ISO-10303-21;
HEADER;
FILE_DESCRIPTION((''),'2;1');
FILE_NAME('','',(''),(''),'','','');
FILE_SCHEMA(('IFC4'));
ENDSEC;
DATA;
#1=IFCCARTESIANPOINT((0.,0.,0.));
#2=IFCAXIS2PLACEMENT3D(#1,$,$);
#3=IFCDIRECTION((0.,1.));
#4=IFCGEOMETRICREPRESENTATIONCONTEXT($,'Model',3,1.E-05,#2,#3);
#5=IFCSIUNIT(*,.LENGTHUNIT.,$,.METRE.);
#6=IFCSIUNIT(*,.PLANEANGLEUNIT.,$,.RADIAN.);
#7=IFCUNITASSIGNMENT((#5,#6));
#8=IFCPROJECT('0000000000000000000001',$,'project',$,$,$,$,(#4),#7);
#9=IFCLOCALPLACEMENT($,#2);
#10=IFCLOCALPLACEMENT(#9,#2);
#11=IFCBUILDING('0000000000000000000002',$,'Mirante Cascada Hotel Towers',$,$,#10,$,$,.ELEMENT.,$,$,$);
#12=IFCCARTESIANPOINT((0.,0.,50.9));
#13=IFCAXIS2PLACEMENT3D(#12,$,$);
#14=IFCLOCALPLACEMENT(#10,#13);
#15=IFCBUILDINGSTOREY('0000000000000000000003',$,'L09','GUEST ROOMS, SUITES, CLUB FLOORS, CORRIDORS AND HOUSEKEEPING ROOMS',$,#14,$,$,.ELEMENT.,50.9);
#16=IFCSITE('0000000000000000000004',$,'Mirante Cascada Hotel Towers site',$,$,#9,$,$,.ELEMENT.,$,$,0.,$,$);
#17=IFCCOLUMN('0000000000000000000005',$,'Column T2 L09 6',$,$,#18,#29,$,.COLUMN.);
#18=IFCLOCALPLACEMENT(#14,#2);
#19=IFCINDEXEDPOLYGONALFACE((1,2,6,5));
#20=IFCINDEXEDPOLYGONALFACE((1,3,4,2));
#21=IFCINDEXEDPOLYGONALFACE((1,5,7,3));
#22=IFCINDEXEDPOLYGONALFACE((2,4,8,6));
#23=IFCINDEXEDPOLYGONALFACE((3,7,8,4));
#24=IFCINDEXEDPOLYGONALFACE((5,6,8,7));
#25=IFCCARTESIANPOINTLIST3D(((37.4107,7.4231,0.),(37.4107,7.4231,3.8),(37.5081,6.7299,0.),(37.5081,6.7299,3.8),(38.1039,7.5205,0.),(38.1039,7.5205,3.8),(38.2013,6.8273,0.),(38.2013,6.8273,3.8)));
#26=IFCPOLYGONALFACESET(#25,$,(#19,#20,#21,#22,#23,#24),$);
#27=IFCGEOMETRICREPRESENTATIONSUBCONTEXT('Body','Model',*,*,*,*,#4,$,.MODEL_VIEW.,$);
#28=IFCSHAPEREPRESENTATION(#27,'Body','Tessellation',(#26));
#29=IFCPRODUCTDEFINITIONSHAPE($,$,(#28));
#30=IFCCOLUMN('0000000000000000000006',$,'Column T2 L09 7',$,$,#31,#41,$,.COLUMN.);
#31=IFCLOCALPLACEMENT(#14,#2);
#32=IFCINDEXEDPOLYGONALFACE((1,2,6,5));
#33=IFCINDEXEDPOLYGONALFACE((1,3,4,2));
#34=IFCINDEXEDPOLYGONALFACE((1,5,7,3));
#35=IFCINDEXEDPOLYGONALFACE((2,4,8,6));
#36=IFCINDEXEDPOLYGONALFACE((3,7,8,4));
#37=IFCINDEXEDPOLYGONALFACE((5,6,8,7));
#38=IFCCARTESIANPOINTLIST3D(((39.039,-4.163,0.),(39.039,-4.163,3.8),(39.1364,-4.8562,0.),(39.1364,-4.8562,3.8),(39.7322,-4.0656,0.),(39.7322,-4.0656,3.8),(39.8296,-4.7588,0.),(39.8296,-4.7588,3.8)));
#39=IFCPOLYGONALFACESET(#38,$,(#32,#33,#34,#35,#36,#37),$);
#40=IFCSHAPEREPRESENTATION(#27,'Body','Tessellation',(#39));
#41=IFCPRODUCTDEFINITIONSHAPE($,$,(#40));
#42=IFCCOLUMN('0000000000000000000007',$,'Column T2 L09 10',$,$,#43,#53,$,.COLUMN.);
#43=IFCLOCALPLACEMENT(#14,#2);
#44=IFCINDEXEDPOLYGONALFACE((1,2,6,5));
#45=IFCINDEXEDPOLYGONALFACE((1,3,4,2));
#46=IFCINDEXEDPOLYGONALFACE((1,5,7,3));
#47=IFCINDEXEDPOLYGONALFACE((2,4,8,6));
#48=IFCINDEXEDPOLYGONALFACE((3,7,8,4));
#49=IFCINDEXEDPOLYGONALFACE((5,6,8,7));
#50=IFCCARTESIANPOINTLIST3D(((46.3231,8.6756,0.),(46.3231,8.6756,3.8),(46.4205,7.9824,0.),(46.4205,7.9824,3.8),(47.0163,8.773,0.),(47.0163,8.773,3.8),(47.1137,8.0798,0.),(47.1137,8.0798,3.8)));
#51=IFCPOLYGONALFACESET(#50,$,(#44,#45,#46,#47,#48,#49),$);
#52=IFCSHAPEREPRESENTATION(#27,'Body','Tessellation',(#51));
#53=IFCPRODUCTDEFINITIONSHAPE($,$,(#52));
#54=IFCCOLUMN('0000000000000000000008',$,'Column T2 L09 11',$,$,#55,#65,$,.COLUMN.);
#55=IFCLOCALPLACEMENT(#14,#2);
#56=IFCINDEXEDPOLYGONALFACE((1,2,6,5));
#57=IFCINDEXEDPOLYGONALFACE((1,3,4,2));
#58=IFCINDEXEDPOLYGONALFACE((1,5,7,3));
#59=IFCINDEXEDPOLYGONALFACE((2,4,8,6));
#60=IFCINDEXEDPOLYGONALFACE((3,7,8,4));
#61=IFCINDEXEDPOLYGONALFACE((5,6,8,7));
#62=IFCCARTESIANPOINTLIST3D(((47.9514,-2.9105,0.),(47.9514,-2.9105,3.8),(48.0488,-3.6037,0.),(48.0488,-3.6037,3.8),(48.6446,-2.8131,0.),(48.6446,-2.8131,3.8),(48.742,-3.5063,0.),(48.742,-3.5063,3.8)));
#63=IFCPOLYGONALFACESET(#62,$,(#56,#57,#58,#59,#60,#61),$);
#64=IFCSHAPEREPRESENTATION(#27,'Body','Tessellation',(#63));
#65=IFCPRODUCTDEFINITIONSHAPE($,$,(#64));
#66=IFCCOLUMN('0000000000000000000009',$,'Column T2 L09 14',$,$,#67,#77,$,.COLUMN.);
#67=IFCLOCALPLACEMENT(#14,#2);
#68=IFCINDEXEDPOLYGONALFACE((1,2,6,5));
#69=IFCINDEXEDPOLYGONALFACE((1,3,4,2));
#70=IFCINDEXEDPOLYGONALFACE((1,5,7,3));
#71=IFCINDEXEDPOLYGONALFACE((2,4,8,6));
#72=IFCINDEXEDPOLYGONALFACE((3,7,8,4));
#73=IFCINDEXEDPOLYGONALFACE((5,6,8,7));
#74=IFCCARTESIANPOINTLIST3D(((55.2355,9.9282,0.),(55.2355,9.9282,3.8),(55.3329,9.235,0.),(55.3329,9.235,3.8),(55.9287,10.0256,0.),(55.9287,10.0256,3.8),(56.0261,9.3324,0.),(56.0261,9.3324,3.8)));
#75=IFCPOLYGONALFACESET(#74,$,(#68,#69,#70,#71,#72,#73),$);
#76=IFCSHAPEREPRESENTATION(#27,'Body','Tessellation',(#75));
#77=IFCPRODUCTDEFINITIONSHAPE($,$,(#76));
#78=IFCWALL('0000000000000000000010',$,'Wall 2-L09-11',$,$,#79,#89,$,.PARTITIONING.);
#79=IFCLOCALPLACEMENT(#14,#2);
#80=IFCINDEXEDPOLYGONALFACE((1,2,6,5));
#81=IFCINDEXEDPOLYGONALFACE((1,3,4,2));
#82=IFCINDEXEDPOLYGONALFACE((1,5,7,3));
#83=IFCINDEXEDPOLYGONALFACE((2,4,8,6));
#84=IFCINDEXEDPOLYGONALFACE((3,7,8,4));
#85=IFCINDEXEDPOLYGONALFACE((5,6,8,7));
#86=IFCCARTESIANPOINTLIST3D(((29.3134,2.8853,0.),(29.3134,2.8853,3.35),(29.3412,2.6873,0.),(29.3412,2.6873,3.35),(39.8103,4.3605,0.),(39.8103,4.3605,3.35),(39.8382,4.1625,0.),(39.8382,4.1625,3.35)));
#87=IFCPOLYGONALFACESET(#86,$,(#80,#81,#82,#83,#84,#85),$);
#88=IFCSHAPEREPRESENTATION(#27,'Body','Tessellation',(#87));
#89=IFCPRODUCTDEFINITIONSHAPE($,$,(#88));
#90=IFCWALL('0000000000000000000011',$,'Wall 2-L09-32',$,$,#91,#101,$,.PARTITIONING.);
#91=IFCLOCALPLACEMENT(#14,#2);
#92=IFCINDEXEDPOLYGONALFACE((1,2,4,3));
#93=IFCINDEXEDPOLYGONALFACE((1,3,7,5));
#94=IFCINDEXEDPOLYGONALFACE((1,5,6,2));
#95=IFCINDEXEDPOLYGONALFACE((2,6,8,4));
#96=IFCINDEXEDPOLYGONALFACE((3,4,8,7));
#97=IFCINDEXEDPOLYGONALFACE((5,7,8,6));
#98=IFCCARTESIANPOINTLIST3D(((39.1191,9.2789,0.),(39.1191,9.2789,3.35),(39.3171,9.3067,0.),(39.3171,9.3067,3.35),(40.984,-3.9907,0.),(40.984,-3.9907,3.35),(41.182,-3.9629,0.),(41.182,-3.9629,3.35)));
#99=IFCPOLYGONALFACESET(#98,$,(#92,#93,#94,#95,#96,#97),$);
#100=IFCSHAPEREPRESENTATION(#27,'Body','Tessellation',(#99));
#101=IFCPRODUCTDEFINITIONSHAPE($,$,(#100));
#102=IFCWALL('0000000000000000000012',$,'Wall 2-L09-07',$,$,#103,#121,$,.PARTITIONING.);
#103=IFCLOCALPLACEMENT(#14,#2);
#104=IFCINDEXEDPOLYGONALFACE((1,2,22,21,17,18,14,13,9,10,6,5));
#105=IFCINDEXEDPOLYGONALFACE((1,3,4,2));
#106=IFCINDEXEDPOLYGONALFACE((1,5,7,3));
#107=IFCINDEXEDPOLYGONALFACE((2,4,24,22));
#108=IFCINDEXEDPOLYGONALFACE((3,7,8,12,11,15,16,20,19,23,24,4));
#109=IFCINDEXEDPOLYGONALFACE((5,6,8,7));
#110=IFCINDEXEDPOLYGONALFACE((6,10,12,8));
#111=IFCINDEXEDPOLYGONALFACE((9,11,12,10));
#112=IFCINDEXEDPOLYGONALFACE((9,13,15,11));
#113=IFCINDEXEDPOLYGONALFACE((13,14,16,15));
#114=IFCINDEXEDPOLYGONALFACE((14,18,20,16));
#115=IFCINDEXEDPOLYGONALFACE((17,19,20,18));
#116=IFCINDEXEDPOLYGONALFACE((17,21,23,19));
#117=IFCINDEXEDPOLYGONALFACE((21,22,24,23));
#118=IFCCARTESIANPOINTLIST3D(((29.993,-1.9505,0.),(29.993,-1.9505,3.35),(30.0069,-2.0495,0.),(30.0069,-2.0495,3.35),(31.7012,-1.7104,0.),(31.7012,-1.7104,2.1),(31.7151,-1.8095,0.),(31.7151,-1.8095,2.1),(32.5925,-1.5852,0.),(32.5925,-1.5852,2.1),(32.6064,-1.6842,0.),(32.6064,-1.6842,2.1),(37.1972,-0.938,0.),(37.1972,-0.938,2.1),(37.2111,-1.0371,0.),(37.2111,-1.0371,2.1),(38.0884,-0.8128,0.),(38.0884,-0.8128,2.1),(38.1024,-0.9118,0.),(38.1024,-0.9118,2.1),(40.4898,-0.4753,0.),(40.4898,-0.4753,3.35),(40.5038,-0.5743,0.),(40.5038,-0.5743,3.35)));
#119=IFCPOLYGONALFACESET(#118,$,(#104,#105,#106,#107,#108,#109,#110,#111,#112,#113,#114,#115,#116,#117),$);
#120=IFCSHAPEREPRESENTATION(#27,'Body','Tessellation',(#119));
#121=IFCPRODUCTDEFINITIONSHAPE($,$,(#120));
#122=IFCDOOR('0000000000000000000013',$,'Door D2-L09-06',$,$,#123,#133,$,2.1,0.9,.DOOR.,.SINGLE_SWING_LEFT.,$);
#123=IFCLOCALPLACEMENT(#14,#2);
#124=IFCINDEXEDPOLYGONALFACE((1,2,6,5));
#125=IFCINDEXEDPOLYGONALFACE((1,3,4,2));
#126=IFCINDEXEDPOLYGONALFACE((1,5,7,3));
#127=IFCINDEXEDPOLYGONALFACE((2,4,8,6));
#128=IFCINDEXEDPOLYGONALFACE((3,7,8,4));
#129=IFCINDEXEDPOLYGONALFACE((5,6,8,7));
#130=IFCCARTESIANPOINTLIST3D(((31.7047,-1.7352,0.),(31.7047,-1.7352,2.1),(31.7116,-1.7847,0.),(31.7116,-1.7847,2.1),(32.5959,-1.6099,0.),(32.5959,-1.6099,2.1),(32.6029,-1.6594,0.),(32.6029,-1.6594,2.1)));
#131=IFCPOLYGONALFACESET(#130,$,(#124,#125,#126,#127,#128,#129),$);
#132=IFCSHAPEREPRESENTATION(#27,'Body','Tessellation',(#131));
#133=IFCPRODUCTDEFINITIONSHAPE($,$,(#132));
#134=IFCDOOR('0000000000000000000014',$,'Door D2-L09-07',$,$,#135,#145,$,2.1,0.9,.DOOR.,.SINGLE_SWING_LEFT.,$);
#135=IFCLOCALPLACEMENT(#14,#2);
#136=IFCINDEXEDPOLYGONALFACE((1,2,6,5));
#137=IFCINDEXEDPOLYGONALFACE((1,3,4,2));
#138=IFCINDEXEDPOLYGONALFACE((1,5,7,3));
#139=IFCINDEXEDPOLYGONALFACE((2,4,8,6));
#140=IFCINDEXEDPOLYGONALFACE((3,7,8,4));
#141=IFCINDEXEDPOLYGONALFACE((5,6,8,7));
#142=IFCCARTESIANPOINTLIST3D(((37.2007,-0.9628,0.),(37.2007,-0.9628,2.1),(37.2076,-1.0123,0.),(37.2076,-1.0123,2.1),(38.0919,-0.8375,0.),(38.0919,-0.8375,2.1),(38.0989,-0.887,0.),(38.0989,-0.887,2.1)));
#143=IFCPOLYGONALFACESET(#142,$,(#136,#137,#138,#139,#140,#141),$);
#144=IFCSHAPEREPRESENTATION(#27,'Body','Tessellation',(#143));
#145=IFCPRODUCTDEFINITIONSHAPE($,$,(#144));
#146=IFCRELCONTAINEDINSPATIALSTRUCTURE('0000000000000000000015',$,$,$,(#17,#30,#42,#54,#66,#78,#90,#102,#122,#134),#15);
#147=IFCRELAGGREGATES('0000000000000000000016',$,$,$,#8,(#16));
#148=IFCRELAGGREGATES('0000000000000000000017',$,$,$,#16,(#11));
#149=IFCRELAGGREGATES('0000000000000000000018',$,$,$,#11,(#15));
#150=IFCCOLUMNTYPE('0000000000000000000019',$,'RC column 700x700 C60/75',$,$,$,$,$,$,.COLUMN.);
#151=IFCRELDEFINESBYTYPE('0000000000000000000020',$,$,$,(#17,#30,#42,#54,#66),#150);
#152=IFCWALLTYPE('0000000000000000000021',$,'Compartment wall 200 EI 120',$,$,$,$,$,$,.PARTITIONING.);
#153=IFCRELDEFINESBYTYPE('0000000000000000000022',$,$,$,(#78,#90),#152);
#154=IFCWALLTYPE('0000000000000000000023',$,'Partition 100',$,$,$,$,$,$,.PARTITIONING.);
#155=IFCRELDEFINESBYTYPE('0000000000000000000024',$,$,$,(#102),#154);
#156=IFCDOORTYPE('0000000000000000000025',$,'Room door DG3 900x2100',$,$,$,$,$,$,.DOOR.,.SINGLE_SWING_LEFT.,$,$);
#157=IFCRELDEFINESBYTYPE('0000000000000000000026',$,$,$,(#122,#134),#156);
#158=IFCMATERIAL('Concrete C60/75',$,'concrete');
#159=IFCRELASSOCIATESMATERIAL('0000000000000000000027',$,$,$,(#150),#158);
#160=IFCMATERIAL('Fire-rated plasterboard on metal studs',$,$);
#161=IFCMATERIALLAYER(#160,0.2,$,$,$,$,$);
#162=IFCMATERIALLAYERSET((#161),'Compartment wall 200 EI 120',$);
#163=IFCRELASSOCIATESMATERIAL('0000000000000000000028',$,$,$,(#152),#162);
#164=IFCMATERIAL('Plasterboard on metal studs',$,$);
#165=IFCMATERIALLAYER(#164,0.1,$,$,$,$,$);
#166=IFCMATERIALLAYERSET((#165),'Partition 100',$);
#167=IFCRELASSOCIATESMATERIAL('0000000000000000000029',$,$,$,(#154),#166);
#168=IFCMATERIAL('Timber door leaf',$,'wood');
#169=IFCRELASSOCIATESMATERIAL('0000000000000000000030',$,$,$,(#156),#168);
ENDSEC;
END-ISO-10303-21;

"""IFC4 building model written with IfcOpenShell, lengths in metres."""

from ifc_helpers import new_model, si_unit, direction, frame, frame_2d, origin, origin_2d, place, context, subcontext, project, spatial, rectangle, extrude, material, layer, layer_set, material_profile, profile_set, type_object, element, fill, save


model = new_model("IFC4")

# Units and contexts
model_context = context("Model", 3, precision=1e-05, world=origin(), true_north=direction((0.0, 1.0)))
body_context = subcontext(model_context, "Body", "Model", "MODEL_VIEW")
ifc_project = project(units=[si_unit("LENGTHUNIT", "METRE"), si_unit("PLANEANGLEUNIT", "RADIAN")], contexts=[model_context])

# Site, building, storey
site_placement = place(None, origin())
site = spatial("IfcSite", under=ifc_project, at=site_placement, Name="Mirante Cascada Hotel Towers site", CompositionType="ELEMENT", RefElevation=0.0)
building_placement = place(site_placement, origin())
building = spatial("IfcBuilding", under=site, at=building_placement, Name="Mirante Cascada Hotel Towers", CompositionType="ELEMENT")
storey_placement = place(building_placement, frame((0.0, 0.0, 50.9)))
storey = spatial("IfcBuildingStorey", under=building, at=storey_placement, Name="L09", Description="GUEST ROOMS, SUITES, CLUB FLOORS, CORRIDORS AND HOUSEKEEPING ROOMS", CompositionType="ELEMENT", Elevation=50.9)

# Columns
ifc_material_1 = material(Name="Concrete C60/75", Category="concrete")
ifc_material_profile = material_profile(ifc_material_1, rectangle(XDim=0.7, YDim=0.7, at=origin_2d()), Name="RC column 700x700 C60/75")
ifc_profile_set = profile_set([ifc_material_profile], Name="Concrete C60/75")
column_type = type_object("IfcColumnType", Name="RC column 700x700 C60/75", PredefinedType="COLUMN", material=ifc_profile_set)
for number, where, z_axis, x_axis, name in (
    (1, (37.806, 7.1252, 0.0), (0.0, 0.0, 1.0), (0.990268, 0.139173, 0.0), "Column T2 L09 6"),
    (2, (39.4343, -4.4609, 0.0), (0.0, 0.0, 1.0), (0.990268, 0.139173, 0.0), "Column T2 L09 7"),
    (3, (46.7184, 8.3777, 0.0), (0.0, 0.0, 1.0), (0.990268, 0.139173, 0.0), "Column T2 L09 10"),
    (4, (48.3467, -3.2084, 0.0), (0.0, 0.0, 1.0), (0.990268, 0.139173, 0.0), "Column T2 L09 11"),
    (5, (55.6308, 9.6303, 0.0), (0.0, 0.0, 1.0), (0.990268, 0.139173, 0.0), "Column T2 L09 14"),
):
    element("IfcColumn", number, at=place(storey_placement, frame(where, z_axis=z_axis, x_axis=x_axis)), inside=storey, type_object=column_type, Name=name, PredefinedType="COLUMN", context=body_context, shape_type="SweptSolid", body=[
        extrude(rectangle(XDim=0.7, YDim=0.7, at=origin_2d()), origin(), (0.0, 0.0, 1.0), 3.8),
    ])

# Walls
ifc_material_2 = material(Name="Fire-rated plasterboard on metal studs")
ifc_layer_1 = layer(ifc_material_2, 0.2)
ifc_layer_set_1 = layer_set([ifc_layer_1], Name="Compartment wall 200 EI 120")
wall_type_1 = type_object("IfcWallType", Name="Compartment wall 200 EI 120", PredefinedType="PARTITIONING", material=ifc_layer_set_1)
wall_1_placement = place(storey_placement, frame((39.8242, 4.2615, 0.0), z_axis=(0.0, 0.0, 1.0), x_axis=(-0.990269, -0.139169, 0.0)))
element("IfcWall", 6, at=wall_1_placement, inside=storey, type_object=wall_type_1, Name="Wall 2-L09-11", PredefinedType="PARTITIONING", context=body_context, shape_type="SweptSolid", body=[
    extrude(rectangle(XDim=10.6001, YDim=0.2, at=frame_2d((5.3, 0.0))), origin(), (0.0, 0.0, 1.0), 3.35),
])
wall_2_placement = place(storey_placement, frame((41.083, -3.9768, 0.0), z_axis=(0.0, 0.0, 1.0), x_axis=(-0.139172, 0.990268, 0.0)))
element("IfcWall", 7, at=wall_2_placement, inside=storey, type_object=wall_type_1, Name="Wall 2-L09-32", PredefinedType="PARTITIONING", context=body_context, shape_type="SweptSolid", body=[
    extrude(rectangle(XDim=13.4, YDim=0.2, at=frame_2d((6.7, 0.0))), origin(), (0.0, 0.0, 1.0), 3.35),
])

# Wall, openings, doors
ifc_material_3 = material(Name="Plasterboard on metal studs")
ifc_layer_2 = layer(ifc_material_3, 0.1)
ifc_layer_set_2 = layer_set([ifc_layer_2], Name="Partition 100")
wall_type_2 = type_object("IfcWallType", Name="Partition 100", PredefinedType="PARTITIONING", material=ifc_layer_set_2)
wall_3_placement = place(storey_placement, frame((40.4968, -0.5248, 0.0), z_axis=(0.0, 0.0, 1.0), x_axis=(-0.990268, -0.13917, 0.0)))
wall_3 = element("IfcWall", 8, at=wall_3_placement, inside=storey, type_object=wall_type_2, Name="Wall 2-L09-07", PredefinedType="PARTITIONING", context=body_context, shape_type="SweptSolid", body=[
    extrude(rectangle(XDim=10.6, YDim=0.1, at=frame_2d((5.3, 0.0))), origin(), (0.0, 0.0, 1.0), 3.35),
])
opening_1_placement = place(wall_3_placement, frame((7.975, 0.0, 0.0)))
opening_1 = element("IfcOpeningElement", 9, at=opening_1_placement, cuts=wall_3, PredefinedType="OPENING", context=body_context, shape_type="SweptSolid", body=[
    extrude(rectangle(XDim=0.9, YDim=2.1, at=frame_2d((0.45, 1.05))), frame((0.0, 0.05, 0.0), z_axis=(0.0, -1.0, 0.0), x_axis=(1.0, 0.0, 0.0)), (0.0, 0.0, 1.0), 0.1),
])
opening_2_placement = place(wall_3_placement, frame((2.425, 0.0, 0.0)))
opening_2 = element("IfcOpeningElement", 10, at=opening_2_placement, cuts=wall_3, PredefinedType="OPENING", context=body_context, shape_type="SweptSolid", body=[
    extrude(rectangle(XDim=0.9, YDim=2.1, at=frame_2d((0.45, 1.05))), frame((0.0, 0.05, 0.0), z_axis=(0.0, -1.0, 0.0), x_axis=(1.0, 0.0, 0.0)), (0.0, 0.0, 1.0), 0.1),
])
ifc_material_4 = material(Name="Timber door leaf", Category="wood")
door_type_1 = type_object("IfcDoorType", Name="Room door DG3 900x2100", OperationType="SINGLE_SWING_LEFT", PredefinedType="DOOR", material=ifc_material_4)
door_1_placement = place(opening_1_placement, origin())
door_1 = element("IfcDoor", 11, at=door_1_placement, inside=storey, type_object=door_type_1, Name="Door D2-L09-06", OperationType="SINGLE_SWING_LEFT", OverallHeight=2.1, OverallWidth=0.9, PredefinedType="DOOR", context=body_context, shape_type="SweptSolid", body=[
    extrude(rectangle(XDim=0.9, YDim=2.1, at=frame_2d((0.45, 1.05))), frame((0.0, 0.025, 0.0), z_axis=(0.0, -1.0, 0.0), x_axis=(1.0, 0.0, 0.0)), (0.0, 0.0, 1.0), 0.05),
])
fill(opening_1, door_1)
door_2_placement = place(opening_2_placement, origin())
door_2 = element("IfcDoor", 12, at=door_2_placement, inside=storey, type_object=door_type_1, Name="Door D2-L09-07", OperationType="SINGLE_SWING_LEFT", OverallHeight=2.1, OverallWidth=0.9, PredefinedType="DOOR", context=body_context, shape_type="SweptSolid", body=[
    extrude(rectangle(XDim=0.9, YDim=2.1, at=frame_2d((0.45, 1.05))), frame((0.0, 0.025, 0.0), z_axis=(0.0, -1.0, 0.0), x_axis=(1.0, 0.0, 0.0)), (0.0, 0.0, 1.0), 0.05),
])
fill(opening_2, door_2)

save(model, "model.ifc")
